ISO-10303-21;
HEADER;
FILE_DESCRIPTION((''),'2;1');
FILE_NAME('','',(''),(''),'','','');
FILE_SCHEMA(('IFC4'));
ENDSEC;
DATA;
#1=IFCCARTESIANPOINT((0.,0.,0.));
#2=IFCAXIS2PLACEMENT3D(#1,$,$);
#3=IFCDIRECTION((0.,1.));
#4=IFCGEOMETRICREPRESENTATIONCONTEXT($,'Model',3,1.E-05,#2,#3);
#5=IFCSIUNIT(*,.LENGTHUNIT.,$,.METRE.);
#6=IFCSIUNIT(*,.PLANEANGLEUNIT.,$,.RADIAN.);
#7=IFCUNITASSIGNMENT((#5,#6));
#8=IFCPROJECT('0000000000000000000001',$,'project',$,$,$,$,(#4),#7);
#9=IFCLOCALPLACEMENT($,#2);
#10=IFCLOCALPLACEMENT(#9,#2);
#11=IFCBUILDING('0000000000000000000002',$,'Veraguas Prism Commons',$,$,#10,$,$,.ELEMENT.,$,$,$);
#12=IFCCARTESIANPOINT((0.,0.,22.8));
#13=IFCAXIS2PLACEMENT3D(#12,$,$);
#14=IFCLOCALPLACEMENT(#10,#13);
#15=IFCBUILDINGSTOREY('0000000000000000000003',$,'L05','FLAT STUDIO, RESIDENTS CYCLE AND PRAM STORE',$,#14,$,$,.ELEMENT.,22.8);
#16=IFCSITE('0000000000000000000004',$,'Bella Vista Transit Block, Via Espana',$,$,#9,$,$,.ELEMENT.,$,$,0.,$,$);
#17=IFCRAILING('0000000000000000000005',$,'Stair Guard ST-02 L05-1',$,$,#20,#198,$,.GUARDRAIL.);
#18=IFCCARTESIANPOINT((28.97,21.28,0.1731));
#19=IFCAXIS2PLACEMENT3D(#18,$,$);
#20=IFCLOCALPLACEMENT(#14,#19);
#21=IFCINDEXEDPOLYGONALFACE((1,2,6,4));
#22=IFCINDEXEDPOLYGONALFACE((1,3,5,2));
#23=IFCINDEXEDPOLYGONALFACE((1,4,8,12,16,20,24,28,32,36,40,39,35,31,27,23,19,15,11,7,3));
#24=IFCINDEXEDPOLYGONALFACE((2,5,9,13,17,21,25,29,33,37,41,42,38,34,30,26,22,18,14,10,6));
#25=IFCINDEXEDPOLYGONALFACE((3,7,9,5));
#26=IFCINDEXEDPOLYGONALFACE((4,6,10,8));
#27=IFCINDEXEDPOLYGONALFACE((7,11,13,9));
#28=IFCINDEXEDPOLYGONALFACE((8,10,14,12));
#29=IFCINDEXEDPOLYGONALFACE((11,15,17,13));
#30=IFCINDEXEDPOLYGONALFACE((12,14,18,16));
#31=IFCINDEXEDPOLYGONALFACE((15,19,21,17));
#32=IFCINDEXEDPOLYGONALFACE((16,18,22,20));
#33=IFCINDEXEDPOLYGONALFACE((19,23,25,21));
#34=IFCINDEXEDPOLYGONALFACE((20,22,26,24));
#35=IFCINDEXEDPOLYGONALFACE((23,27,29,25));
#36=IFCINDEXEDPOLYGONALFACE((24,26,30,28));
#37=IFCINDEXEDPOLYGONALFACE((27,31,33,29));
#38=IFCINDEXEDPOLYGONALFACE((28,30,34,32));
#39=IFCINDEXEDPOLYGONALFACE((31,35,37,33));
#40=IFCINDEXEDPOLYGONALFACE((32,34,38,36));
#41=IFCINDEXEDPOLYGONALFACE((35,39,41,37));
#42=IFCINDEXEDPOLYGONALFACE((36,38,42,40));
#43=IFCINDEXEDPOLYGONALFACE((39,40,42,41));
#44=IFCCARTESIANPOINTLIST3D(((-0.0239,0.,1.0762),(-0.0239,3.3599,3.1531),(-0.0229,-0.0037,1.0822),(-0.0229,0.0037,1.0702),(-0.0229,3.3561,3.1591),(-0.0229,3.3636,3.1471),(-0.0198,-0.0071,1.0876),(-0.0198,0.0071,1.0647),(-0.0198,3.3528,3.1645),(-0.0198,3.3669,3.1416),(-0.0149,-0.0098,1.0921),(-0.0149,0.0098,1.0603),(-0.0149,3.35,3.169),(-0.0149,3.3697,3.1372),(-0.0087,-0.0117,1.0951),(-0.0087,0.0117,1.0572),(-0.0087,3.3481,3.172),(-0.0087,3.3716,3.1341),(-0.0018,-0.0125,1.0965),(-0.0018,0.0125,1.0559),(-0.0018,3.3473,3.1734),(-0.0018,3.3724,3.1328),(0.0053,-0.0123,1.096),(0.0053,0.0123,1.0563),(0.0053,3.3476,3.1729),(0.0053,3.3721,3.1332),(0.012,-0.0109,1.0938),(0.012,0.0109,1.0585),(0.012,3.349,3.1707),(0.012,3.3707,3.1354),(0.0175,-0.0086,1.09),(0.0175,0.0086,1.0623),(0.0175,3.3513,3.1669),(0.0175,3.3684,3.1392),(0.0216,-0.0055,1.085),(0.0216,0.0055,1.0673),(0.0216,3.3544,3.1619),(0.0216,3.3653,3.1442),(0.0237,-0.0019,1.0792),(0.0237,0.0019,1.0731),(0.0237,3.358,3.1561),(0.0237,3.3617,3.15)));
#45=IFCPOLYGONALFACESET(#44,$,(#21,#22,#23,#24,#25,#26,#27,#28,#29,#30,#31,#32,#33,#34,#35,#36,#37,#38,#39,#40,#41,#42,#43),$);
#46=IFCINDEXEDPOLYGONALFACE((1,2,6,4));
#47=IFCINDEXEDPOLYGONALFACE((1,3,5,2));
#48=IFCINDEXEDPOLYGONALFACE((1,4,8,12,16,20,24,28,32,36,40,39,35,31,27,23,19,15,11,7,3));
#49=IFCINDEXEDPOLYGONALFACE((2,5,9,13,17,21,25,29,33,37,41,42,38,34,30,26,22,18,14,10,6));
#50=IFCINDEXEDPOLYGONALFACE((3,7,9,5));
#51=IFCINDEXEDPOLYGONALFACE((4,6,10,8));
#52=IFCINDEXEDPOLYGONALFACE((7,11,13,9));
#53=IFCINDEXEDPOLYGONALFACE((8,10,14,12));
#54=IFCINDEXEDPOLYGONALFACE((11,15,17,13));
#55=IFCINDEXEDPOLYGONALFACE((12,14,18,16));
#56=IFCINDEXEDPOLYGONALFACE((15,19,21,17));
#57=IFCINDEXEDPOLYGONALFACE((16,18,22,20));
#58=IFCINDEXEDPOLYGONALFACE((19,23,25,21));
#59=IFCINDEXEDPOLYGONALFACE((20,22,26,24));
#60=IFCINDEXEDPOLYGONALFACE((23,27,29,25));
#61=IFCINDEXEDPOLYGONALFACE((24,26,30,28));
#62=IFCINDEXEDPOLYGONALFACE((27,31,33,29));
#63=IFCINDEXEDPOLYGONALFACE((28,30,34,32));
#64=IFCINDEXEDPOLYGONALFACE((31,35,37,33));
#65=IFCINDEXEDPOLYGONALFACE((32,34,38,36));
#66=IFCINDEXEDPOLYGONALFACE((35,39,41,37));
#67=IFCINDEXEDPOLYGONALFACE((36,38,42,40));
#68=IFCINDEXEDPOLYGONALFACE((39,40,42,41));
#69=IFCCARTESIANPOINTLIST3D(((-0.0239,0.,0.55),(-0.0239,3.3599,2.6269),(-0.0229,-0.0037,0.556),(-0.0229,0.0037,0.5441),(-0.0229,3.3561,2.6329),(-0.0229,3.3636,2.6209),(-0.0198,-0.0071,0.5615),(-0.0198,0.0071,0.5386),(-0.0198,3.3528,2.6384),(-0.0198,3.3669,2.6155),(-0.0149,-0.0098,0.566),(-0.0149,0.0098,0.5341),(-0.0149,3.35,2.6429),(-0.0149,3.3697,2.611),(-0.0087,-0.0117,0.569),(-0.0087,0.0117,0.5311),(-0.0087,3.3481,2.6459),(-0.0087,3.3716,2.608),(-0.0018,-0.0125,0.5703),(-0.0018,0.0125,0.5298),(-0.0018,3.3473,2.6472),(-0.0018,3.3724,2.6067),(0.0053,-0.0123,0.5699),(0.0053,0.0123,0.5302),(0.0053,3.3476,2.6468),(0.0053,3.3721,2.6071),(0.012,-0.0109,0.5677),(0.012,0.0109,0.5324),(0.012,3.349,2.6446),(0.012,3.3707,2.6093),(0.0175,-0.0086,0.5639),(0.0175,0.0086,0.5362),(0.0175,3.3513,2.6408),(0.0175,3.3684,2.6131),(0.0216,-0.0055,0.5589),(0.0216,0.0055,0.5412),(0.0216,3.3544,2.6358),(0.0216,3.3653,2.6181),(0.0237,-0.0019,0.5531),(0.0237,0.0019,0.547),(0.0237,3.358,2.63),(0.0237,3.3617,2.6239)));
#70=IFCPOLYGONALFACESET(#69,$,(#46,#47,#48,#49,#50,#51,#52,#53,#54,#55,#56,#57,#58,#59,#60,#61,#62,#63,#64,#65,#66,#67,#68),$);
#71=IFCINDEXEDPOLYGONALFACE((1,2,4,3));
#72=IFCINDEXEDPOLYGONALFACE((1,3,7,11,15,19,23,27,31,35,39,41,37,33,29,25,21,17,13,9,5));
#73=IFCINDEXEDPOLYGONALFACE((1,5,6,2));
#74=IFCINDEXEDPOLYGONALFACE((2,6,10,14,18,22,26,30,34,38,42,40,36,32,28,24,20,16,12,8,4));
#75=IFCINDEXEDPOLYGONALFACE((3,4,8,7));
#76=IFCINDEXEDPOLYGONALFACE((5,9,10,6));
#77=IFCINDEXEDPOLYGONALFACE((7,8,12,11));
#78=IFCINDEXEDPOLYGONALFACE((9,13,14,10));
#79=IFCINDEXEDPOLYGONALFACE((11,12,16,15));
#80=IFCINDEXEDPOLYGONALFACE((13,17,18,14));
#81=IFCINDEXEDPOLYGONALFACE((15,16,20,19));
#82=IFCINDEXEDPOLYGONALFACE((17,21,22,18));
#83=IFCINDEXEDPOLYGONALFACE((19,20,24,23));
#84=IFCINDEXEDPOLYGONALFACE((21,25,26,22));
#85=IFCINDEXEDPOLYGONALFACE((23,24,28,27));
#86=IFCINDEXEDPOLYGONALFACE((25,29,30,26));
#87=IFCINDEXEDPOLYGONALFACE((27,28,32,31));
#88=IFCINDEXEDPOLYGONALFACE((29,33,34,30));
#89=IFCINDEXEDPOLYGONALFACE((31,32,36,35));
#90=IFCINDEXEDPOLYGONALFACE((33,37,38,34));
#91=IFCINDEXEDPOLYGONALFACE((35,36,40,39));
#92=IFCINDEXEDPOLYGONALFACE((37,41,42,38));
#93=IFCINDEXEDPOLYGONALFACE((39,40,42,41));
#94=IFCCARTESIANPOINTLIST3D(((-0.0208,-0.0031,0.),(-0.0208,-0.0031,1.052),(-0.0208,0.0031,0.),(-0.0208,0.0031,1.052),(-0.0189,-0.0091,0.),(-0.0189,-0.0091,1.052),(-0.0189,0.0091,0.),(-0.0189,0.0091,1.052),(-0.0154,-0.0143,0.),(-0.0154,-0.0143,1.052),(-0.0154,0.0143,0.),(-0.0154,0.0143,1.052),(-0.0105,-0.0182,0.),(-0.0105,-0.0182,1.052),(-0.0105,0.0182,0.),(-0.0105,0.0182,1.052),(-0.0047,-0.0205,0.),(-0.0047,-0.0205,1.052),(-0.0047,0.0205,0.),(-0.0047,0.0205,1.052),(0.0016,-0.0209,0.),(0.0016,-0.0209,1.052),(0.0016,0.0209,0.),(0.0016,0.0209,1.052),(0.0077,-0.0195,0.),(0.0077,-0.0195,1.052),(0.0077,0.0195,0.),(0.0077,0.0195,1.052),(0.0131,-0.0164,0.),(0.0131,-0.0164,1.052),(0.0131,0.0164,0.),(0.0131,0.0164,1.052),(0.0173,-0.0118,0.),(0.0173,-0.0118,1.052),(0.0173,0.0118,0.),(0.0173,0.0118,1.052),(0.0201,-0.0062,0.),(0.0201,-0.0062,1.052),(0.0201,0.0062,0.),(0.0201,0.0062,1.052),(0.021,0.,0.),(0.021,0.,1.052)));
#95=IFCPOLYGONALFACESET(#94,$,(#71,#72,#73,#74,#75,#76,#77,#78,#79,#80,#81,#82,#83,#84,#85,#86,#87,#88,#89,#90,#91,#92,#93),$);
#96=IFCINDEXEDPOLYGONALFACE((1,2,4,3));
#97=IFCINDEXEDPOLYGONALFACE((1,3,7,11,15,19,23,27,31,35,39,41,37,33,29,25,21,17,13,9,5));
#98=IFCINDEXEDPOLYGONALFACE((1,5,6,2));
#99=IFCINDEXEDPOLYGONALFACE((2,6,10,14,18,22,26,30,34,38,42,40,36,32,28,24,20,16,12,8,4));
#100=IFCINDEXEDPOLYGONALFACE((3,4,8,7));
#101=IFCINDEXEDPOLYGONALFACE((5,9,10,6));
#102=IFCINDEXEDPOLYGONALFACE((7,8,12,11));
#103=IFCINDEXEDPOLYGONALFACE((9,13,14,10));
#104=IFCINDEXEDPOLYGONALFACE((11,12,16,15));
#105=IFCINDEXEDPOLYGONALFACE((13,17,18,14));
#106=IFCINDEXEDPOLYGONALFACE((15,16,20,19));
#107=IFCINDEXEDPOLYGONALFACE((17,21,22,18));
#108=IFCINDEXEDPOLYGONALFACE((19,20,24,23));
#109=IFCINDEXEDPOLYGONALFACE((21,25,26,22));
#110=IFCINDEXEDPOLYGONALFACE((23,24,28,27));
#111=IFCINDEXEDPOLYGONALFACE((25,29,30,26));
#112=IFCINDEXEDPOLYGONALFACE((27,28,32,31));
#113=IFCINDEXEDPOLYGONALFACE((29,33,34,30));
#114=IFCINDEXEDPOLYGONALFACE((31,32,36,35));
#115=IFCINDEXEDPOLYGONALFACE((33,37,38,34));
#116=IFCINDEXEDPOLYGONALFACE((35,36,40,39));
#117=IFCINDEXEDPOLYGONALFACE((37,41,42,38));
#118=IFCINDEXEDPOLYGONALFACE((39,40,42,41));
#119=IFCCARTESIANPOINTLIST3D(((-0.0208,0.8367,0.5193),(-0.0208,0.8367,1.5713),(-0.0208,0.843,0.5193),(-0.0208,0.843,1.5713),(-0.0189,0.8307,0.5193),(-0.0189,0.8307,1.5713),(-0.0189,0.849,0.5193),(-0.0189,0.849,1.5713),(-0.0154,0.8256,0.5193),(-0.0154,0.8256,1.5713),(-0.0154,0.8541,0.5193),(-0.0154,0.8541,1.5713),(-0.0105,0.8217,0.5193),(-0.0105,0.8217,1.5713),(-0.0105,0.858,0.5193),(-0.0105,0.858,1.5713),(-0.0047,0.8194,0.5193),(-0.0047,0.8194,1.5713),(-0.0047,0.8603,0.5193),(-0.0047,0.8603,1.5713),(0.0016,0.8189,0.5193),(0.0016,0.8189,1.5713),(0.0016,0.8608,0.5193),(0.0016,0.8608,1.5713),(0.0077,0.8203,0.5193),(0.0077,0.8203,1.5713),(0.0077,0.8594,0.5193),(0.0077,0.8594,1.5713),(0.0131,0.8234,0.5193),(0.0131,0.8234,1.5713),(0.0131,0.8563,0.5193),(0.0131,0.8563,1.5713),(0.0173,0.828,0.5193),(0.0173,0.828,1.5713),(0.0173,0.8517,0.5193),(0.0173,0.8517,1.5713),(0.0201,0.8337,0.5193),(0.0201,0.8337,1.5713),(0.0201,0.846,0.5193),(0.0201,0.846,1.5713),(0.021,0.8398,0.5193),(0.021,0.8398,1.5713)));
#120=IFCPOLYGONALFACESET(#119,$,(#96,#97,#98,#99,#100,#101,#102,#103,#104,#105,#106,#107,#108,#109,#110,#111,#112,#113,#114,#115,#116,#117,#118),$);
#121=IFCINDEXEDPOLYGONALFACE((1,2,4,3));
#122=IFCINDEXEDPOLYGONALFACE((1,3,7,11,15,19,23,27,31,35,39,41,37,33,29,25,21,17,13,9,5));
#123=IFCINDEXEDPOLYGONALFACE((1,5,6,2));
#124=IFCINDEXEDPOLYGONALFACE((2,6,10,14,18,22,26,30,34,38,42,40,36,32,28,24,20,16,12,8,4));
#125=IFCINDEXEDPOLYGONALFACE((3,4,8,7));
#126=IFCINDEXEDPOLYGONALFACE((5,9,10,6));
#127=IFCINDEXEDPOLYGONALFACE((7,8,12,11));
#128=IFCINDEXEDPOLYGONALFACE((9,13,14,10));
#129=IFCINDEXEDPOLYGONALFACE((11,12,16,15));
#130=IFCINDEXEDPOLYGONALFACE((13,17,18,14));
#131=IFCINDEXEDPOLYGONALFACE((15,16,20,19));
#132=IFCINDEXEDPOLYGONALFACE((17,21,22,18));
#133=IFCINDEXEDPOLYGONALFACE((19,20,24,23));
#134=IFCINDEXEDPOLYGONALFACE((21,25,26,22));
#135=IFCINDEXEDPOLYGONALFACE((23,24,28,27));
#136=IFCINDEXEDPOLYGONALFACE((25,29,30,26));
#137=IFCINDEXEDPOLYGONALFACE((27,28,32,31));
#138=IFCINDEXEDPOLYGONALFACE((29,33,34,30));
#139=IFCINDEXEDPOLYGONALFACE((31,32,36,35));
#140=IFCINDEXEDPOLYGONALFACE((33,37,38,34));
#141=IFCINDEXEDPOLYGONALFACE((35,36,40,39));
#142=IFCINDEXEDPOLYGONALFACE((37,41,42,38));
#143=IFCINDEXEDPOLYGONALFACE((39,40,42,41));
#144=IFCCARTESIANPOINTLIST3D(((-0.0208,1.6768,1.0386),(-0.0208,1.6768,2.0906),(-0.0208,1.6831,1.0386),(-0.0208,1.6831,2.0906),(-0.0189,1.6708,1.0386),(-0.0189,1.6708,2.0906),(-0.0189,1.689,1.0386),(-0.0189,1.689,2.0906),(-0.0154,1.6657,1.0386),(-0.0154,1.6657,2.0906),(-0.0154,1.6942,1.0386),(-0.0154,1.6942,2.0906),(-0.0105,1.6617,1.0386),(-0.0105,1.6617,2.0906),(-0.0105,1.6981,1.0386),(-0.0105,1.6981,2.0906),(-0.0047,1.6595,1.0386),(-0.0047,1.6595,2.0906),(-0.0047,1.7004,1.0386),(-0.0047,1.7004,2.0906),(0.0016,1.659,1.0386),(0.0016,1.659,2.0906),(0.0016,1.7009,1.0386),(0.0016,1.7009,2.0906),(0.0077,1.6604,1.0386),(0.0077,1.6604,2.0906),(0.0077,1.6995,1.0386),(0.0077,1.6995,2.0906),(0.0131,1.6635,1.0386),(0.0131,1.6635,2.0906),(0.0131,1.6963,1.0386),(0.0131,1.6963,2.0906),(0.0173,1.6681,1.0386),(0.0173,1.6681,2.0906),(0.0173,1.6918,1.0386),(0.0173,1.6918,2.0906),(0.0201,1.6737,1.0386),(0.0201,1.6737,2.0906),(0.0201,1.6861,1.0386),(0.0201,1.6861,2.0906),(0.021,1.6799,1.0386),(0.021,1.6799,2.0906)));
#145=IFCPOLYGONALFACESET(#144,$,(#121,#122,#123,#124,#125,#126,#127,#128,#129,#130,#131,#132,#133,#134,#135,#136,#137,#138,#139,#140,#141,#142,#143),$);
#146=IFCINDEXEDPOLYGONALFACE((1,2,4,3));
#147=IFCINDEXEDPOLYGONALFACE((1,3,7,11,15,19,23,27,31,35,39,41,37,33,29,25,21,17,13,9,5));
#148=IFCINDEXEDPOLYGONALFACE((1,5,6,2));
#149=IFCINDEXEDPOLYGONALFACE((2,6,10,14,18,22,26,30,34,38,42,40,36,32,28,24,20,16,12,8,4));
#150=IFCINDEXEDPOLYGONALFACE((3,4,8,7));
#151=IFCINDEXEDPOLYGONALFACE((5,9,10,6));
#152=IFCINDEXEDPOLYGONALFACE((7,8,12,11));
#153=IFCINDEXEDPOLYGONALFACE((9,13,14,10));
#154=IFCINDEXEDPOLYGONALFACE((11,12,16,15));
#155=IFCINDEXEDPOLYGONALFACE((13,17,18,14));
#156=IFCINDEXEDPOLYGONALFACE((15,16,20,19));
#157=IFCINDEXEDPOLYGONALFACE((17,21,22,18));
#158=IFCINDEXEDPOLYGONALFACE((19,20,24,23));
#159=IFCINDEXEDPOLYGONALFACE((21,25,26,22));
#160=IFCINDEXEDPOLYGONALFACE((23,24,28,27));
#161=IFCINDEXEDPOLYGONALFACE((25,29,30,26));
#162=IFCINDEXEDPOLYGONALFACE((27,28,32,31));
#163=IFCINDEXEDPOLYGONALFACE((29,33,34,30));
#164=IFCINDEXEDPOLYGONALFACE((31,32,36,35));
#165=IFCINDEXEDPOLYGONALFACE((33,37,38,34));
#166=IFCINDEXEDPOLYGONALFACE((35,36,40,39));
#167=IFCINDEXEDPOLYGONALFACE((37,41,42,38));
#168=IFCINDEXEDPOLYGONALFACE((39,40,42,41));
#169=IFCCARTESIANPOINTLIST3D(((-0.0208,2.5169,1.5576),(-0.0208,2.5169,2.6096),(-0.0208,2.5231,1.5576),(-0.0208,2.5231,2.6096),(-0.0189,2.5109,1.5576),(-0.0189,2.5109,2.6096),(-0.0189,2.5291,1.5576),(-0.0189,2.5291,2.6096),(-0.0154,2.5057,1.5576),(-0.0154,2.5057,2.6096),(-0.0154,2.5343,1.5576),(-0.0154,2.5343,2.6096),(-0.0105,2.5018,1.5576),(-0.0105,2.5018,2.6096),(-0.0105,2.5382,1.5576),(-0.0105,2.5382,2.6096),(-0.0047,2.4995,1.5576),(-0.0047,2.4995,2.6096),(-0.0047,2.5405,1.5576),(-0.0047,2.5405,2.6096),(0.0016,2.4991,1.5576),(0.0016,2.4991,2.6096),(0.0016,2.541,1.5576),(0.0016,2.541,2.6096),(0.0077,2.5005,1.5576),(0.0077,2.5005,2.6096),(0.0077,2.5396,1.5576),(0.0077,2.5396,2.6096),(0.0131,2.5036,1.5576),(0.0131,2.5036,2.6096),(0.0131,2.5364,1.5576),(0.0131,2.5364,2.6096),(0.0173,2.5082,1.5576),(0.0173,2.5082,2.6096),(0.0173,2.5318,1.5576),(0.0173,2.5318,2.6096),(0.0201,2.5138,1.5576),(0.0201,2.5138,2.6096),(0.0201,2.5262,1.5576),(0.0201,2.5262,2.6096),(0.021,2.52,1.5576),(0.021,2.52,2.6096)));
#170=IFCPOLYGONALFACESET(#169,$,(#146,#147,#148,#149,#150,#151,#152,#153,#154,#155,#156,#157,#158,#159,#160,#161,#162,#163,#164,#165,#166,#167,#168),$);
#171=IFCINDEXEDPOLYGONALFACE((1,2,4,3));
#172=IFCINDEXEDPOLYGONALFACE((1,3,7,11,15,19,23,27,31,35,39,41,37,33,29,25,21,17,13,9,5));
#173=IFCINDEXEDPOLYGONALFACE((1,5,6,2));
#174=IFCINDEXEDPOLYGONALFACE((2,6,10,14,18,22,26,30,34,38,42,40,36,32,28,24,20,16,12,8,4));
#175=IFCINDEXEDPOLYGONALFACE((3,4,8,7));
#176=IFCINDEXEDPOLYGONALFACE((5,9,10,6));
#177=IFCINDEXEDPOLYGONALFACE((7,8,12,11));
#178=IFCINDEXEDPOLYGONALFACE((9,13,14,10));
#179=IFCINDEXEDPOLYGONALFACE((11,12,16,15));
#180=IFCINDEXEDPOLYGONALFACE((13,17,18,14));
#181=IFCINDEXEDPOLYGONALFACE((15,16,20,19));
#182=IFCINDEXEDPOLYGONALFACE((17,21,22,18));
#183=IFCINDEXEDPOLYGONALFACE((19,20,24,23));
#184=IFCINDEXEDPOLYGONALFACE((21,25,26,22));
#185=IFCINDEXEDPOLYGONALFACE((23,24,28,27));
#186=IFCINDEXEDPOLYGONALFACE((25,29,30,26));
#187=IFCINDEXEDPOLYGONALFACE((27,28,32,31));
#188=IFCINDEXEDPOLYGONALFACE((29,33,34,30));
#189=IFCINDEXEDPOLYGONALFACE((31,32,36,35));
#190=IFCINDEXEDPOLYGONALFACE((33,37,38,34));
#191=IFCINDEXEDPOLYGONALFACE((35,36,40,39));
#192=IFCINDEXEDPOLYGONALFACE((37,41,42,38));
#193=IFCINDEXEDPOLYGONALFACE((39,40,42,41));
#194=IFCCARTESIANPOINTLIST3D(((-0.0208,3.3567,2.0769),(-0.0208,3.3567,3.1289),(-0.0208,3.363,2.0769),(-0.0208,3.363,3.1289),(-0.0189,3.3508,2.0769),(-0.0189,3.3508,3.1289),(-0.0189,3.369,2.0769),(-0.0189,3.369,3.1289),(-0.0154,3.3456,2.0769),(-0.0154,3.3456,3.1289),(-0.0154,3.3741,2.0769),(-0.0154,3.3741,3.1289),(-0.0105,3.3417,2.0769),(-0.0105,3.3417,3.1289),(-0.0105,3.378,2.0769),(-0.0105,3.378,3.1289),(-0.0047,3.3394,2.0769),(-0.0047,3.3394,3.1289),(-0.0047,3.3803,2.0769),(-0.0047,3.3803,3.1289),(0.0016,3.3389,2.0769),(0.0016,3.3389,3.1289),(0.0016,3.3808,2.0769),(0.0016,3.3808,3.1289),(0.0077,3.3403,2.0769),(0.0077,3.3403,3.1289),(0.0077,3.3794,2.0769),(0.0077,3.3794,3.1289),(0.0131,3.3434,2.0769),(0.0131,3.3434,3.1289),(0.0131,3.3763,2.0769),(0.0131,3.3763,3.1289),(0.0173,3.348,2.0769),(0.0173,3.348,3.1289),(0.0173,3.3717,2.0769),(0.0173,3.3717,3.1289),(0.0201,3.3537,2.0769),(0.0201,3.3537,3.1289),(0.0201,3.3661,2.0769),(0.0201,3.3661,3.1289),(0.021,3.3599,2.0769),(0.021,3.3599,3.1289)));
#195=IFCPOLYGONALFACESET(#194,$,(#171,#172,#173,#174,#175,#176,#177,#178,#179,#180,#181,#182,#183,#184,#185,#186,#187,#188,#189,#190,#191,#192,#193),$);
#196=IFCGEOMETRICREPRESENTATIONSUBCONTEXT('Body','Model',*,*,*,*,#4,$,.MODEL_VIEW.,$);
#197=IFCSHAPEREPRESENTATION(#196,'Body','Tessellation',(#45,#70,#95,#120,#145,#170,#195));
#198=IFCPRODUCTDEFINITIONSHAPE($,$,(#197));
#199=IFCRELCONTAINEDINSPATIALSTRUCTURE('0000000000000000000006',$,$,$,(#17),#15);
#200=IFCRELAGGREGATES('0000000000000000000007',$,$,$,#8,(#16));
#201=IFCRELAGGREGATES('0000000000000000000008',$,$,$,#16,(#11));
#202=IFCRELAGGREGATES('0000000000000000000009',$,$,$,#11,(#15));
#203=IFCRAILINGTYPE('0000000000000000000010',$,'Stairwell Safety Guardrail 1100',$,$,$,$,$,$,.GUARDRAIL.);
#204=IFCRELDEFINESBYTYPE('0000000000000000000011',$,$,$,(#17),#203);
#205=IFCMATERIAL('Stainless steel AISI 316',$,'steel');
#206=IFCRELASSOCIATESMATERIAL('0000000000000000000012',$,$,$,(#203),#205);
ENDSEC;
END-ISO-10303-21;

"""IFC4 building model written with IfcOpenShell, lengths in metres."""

from ifc_helpers import new_model, si_unit, direction, frame, origin, origin_2d, place, context, subcontext, project, spatial, circle, extrude, material, type_object, element, save


model = new_model("IFC4")

# Units and contexts
model_context = context("Model", 3, precision=1e-05, world=origin(), true_north=direction((0.0, 1.0)))
body_context = subcontext(model_context, "Body", "Model", "MODEL_VIEW")
ifc_project = project(units=[si_unit("LENGTHUNIT", "METRE"), si_unit("PLANEANGLEUNIT", "RADIAN")], contexts=[model_context])

# Site, building, storey
site_placement = place(None, origin())
site = spatial("IfcSite", under=ifc_project, at=site_placement, Name="Bella Vista Transit Block, Via Espana", CompositionType="ELEMENT", RefElevation=0.0)
building_placement = place(site_placement, origin())
building = spatial("IfcBuilding", under=site, at=building_placement, Name="Veraguas Prism Commons", CompositionType="ELEMENT")
storey_placement = place(building_placement, frame((0.0, 0.0, 22.8)))
storey = spatial("IfcBuildingStorey", under=building, at=storey_placement, Name="L05", Description="FLAT STUDIO, RESIDENTS CYCLE AND PRAM STORE", CompositionType="ELEMENT", Elevation=22.8)

# Shared definitions
ifc_material_1 = material(Name="Stainless steel AISI 316", Category="steel")

# Railing
railing_type = type_object("IfcRailingType", Name="Stairwell Safety Guardrail 1100", PredefinedType="GUARDRAIL", material=ifc_material_1)
railing_1_placement = place(storey_placement, frame((28.97, 21.28, 0.1731)))
element("IfcRailing", 1, at=railing_1_placement, inside=storey, type_object=railing_type, Name="Stair Guard ST-02 L05-1", PredefinedType="GUARDRAIL", context=body_context, shape_type="SweptSolid", body=[
    extrude(circle(Radius=0.0239, at=origin_2d()), frame((0.0, 0.0, 1.0762), z_axis=(0.0, 0.850606, 0.525803), x_axis=(-1.0, 0.0, 0.0)), (0.0, 0.0, 1.0), 3.95),
    extrude(circle(Radius=0.0239, at=origin_2d()), frame((0.0, 0.0, 0.55), z_axis=(0.0, 0.850606, 0.525803), x_axis=(-1.0, 0.0, 0.0)), (0.0, 0.0, 1.0), 3.95),
    extrude(circle(Radius=0.021, at=origin_2d()), origin(), (0.0, 0.0, 1.0), 1.052),
    extrude(circle(Radius=0.021, at=origin_2d()), frame((0.0, 0.8398, 0.5193)), (0.0, 0.0, 1.0), 1.052),
    extrude(circle(Radius=0.021, at=origin_2d()), frame((0.0, 1.6799, 1.0386)), (0.0, 0.0, 1.0), 1.052),
    extrude(circle(Radius=0.021, at=origin_2d()), frame((0.0, 2.52, 1.5576)), (0.0, 0.0, 1.0), 1.052),
    extrude(circle(Radius=0.021, at=origin_2d()), frame((0.0, 3.3599, 2.0769)), (0.0, 0.0, 1.0), 1.052),
])

save(model, "model.ifc")
